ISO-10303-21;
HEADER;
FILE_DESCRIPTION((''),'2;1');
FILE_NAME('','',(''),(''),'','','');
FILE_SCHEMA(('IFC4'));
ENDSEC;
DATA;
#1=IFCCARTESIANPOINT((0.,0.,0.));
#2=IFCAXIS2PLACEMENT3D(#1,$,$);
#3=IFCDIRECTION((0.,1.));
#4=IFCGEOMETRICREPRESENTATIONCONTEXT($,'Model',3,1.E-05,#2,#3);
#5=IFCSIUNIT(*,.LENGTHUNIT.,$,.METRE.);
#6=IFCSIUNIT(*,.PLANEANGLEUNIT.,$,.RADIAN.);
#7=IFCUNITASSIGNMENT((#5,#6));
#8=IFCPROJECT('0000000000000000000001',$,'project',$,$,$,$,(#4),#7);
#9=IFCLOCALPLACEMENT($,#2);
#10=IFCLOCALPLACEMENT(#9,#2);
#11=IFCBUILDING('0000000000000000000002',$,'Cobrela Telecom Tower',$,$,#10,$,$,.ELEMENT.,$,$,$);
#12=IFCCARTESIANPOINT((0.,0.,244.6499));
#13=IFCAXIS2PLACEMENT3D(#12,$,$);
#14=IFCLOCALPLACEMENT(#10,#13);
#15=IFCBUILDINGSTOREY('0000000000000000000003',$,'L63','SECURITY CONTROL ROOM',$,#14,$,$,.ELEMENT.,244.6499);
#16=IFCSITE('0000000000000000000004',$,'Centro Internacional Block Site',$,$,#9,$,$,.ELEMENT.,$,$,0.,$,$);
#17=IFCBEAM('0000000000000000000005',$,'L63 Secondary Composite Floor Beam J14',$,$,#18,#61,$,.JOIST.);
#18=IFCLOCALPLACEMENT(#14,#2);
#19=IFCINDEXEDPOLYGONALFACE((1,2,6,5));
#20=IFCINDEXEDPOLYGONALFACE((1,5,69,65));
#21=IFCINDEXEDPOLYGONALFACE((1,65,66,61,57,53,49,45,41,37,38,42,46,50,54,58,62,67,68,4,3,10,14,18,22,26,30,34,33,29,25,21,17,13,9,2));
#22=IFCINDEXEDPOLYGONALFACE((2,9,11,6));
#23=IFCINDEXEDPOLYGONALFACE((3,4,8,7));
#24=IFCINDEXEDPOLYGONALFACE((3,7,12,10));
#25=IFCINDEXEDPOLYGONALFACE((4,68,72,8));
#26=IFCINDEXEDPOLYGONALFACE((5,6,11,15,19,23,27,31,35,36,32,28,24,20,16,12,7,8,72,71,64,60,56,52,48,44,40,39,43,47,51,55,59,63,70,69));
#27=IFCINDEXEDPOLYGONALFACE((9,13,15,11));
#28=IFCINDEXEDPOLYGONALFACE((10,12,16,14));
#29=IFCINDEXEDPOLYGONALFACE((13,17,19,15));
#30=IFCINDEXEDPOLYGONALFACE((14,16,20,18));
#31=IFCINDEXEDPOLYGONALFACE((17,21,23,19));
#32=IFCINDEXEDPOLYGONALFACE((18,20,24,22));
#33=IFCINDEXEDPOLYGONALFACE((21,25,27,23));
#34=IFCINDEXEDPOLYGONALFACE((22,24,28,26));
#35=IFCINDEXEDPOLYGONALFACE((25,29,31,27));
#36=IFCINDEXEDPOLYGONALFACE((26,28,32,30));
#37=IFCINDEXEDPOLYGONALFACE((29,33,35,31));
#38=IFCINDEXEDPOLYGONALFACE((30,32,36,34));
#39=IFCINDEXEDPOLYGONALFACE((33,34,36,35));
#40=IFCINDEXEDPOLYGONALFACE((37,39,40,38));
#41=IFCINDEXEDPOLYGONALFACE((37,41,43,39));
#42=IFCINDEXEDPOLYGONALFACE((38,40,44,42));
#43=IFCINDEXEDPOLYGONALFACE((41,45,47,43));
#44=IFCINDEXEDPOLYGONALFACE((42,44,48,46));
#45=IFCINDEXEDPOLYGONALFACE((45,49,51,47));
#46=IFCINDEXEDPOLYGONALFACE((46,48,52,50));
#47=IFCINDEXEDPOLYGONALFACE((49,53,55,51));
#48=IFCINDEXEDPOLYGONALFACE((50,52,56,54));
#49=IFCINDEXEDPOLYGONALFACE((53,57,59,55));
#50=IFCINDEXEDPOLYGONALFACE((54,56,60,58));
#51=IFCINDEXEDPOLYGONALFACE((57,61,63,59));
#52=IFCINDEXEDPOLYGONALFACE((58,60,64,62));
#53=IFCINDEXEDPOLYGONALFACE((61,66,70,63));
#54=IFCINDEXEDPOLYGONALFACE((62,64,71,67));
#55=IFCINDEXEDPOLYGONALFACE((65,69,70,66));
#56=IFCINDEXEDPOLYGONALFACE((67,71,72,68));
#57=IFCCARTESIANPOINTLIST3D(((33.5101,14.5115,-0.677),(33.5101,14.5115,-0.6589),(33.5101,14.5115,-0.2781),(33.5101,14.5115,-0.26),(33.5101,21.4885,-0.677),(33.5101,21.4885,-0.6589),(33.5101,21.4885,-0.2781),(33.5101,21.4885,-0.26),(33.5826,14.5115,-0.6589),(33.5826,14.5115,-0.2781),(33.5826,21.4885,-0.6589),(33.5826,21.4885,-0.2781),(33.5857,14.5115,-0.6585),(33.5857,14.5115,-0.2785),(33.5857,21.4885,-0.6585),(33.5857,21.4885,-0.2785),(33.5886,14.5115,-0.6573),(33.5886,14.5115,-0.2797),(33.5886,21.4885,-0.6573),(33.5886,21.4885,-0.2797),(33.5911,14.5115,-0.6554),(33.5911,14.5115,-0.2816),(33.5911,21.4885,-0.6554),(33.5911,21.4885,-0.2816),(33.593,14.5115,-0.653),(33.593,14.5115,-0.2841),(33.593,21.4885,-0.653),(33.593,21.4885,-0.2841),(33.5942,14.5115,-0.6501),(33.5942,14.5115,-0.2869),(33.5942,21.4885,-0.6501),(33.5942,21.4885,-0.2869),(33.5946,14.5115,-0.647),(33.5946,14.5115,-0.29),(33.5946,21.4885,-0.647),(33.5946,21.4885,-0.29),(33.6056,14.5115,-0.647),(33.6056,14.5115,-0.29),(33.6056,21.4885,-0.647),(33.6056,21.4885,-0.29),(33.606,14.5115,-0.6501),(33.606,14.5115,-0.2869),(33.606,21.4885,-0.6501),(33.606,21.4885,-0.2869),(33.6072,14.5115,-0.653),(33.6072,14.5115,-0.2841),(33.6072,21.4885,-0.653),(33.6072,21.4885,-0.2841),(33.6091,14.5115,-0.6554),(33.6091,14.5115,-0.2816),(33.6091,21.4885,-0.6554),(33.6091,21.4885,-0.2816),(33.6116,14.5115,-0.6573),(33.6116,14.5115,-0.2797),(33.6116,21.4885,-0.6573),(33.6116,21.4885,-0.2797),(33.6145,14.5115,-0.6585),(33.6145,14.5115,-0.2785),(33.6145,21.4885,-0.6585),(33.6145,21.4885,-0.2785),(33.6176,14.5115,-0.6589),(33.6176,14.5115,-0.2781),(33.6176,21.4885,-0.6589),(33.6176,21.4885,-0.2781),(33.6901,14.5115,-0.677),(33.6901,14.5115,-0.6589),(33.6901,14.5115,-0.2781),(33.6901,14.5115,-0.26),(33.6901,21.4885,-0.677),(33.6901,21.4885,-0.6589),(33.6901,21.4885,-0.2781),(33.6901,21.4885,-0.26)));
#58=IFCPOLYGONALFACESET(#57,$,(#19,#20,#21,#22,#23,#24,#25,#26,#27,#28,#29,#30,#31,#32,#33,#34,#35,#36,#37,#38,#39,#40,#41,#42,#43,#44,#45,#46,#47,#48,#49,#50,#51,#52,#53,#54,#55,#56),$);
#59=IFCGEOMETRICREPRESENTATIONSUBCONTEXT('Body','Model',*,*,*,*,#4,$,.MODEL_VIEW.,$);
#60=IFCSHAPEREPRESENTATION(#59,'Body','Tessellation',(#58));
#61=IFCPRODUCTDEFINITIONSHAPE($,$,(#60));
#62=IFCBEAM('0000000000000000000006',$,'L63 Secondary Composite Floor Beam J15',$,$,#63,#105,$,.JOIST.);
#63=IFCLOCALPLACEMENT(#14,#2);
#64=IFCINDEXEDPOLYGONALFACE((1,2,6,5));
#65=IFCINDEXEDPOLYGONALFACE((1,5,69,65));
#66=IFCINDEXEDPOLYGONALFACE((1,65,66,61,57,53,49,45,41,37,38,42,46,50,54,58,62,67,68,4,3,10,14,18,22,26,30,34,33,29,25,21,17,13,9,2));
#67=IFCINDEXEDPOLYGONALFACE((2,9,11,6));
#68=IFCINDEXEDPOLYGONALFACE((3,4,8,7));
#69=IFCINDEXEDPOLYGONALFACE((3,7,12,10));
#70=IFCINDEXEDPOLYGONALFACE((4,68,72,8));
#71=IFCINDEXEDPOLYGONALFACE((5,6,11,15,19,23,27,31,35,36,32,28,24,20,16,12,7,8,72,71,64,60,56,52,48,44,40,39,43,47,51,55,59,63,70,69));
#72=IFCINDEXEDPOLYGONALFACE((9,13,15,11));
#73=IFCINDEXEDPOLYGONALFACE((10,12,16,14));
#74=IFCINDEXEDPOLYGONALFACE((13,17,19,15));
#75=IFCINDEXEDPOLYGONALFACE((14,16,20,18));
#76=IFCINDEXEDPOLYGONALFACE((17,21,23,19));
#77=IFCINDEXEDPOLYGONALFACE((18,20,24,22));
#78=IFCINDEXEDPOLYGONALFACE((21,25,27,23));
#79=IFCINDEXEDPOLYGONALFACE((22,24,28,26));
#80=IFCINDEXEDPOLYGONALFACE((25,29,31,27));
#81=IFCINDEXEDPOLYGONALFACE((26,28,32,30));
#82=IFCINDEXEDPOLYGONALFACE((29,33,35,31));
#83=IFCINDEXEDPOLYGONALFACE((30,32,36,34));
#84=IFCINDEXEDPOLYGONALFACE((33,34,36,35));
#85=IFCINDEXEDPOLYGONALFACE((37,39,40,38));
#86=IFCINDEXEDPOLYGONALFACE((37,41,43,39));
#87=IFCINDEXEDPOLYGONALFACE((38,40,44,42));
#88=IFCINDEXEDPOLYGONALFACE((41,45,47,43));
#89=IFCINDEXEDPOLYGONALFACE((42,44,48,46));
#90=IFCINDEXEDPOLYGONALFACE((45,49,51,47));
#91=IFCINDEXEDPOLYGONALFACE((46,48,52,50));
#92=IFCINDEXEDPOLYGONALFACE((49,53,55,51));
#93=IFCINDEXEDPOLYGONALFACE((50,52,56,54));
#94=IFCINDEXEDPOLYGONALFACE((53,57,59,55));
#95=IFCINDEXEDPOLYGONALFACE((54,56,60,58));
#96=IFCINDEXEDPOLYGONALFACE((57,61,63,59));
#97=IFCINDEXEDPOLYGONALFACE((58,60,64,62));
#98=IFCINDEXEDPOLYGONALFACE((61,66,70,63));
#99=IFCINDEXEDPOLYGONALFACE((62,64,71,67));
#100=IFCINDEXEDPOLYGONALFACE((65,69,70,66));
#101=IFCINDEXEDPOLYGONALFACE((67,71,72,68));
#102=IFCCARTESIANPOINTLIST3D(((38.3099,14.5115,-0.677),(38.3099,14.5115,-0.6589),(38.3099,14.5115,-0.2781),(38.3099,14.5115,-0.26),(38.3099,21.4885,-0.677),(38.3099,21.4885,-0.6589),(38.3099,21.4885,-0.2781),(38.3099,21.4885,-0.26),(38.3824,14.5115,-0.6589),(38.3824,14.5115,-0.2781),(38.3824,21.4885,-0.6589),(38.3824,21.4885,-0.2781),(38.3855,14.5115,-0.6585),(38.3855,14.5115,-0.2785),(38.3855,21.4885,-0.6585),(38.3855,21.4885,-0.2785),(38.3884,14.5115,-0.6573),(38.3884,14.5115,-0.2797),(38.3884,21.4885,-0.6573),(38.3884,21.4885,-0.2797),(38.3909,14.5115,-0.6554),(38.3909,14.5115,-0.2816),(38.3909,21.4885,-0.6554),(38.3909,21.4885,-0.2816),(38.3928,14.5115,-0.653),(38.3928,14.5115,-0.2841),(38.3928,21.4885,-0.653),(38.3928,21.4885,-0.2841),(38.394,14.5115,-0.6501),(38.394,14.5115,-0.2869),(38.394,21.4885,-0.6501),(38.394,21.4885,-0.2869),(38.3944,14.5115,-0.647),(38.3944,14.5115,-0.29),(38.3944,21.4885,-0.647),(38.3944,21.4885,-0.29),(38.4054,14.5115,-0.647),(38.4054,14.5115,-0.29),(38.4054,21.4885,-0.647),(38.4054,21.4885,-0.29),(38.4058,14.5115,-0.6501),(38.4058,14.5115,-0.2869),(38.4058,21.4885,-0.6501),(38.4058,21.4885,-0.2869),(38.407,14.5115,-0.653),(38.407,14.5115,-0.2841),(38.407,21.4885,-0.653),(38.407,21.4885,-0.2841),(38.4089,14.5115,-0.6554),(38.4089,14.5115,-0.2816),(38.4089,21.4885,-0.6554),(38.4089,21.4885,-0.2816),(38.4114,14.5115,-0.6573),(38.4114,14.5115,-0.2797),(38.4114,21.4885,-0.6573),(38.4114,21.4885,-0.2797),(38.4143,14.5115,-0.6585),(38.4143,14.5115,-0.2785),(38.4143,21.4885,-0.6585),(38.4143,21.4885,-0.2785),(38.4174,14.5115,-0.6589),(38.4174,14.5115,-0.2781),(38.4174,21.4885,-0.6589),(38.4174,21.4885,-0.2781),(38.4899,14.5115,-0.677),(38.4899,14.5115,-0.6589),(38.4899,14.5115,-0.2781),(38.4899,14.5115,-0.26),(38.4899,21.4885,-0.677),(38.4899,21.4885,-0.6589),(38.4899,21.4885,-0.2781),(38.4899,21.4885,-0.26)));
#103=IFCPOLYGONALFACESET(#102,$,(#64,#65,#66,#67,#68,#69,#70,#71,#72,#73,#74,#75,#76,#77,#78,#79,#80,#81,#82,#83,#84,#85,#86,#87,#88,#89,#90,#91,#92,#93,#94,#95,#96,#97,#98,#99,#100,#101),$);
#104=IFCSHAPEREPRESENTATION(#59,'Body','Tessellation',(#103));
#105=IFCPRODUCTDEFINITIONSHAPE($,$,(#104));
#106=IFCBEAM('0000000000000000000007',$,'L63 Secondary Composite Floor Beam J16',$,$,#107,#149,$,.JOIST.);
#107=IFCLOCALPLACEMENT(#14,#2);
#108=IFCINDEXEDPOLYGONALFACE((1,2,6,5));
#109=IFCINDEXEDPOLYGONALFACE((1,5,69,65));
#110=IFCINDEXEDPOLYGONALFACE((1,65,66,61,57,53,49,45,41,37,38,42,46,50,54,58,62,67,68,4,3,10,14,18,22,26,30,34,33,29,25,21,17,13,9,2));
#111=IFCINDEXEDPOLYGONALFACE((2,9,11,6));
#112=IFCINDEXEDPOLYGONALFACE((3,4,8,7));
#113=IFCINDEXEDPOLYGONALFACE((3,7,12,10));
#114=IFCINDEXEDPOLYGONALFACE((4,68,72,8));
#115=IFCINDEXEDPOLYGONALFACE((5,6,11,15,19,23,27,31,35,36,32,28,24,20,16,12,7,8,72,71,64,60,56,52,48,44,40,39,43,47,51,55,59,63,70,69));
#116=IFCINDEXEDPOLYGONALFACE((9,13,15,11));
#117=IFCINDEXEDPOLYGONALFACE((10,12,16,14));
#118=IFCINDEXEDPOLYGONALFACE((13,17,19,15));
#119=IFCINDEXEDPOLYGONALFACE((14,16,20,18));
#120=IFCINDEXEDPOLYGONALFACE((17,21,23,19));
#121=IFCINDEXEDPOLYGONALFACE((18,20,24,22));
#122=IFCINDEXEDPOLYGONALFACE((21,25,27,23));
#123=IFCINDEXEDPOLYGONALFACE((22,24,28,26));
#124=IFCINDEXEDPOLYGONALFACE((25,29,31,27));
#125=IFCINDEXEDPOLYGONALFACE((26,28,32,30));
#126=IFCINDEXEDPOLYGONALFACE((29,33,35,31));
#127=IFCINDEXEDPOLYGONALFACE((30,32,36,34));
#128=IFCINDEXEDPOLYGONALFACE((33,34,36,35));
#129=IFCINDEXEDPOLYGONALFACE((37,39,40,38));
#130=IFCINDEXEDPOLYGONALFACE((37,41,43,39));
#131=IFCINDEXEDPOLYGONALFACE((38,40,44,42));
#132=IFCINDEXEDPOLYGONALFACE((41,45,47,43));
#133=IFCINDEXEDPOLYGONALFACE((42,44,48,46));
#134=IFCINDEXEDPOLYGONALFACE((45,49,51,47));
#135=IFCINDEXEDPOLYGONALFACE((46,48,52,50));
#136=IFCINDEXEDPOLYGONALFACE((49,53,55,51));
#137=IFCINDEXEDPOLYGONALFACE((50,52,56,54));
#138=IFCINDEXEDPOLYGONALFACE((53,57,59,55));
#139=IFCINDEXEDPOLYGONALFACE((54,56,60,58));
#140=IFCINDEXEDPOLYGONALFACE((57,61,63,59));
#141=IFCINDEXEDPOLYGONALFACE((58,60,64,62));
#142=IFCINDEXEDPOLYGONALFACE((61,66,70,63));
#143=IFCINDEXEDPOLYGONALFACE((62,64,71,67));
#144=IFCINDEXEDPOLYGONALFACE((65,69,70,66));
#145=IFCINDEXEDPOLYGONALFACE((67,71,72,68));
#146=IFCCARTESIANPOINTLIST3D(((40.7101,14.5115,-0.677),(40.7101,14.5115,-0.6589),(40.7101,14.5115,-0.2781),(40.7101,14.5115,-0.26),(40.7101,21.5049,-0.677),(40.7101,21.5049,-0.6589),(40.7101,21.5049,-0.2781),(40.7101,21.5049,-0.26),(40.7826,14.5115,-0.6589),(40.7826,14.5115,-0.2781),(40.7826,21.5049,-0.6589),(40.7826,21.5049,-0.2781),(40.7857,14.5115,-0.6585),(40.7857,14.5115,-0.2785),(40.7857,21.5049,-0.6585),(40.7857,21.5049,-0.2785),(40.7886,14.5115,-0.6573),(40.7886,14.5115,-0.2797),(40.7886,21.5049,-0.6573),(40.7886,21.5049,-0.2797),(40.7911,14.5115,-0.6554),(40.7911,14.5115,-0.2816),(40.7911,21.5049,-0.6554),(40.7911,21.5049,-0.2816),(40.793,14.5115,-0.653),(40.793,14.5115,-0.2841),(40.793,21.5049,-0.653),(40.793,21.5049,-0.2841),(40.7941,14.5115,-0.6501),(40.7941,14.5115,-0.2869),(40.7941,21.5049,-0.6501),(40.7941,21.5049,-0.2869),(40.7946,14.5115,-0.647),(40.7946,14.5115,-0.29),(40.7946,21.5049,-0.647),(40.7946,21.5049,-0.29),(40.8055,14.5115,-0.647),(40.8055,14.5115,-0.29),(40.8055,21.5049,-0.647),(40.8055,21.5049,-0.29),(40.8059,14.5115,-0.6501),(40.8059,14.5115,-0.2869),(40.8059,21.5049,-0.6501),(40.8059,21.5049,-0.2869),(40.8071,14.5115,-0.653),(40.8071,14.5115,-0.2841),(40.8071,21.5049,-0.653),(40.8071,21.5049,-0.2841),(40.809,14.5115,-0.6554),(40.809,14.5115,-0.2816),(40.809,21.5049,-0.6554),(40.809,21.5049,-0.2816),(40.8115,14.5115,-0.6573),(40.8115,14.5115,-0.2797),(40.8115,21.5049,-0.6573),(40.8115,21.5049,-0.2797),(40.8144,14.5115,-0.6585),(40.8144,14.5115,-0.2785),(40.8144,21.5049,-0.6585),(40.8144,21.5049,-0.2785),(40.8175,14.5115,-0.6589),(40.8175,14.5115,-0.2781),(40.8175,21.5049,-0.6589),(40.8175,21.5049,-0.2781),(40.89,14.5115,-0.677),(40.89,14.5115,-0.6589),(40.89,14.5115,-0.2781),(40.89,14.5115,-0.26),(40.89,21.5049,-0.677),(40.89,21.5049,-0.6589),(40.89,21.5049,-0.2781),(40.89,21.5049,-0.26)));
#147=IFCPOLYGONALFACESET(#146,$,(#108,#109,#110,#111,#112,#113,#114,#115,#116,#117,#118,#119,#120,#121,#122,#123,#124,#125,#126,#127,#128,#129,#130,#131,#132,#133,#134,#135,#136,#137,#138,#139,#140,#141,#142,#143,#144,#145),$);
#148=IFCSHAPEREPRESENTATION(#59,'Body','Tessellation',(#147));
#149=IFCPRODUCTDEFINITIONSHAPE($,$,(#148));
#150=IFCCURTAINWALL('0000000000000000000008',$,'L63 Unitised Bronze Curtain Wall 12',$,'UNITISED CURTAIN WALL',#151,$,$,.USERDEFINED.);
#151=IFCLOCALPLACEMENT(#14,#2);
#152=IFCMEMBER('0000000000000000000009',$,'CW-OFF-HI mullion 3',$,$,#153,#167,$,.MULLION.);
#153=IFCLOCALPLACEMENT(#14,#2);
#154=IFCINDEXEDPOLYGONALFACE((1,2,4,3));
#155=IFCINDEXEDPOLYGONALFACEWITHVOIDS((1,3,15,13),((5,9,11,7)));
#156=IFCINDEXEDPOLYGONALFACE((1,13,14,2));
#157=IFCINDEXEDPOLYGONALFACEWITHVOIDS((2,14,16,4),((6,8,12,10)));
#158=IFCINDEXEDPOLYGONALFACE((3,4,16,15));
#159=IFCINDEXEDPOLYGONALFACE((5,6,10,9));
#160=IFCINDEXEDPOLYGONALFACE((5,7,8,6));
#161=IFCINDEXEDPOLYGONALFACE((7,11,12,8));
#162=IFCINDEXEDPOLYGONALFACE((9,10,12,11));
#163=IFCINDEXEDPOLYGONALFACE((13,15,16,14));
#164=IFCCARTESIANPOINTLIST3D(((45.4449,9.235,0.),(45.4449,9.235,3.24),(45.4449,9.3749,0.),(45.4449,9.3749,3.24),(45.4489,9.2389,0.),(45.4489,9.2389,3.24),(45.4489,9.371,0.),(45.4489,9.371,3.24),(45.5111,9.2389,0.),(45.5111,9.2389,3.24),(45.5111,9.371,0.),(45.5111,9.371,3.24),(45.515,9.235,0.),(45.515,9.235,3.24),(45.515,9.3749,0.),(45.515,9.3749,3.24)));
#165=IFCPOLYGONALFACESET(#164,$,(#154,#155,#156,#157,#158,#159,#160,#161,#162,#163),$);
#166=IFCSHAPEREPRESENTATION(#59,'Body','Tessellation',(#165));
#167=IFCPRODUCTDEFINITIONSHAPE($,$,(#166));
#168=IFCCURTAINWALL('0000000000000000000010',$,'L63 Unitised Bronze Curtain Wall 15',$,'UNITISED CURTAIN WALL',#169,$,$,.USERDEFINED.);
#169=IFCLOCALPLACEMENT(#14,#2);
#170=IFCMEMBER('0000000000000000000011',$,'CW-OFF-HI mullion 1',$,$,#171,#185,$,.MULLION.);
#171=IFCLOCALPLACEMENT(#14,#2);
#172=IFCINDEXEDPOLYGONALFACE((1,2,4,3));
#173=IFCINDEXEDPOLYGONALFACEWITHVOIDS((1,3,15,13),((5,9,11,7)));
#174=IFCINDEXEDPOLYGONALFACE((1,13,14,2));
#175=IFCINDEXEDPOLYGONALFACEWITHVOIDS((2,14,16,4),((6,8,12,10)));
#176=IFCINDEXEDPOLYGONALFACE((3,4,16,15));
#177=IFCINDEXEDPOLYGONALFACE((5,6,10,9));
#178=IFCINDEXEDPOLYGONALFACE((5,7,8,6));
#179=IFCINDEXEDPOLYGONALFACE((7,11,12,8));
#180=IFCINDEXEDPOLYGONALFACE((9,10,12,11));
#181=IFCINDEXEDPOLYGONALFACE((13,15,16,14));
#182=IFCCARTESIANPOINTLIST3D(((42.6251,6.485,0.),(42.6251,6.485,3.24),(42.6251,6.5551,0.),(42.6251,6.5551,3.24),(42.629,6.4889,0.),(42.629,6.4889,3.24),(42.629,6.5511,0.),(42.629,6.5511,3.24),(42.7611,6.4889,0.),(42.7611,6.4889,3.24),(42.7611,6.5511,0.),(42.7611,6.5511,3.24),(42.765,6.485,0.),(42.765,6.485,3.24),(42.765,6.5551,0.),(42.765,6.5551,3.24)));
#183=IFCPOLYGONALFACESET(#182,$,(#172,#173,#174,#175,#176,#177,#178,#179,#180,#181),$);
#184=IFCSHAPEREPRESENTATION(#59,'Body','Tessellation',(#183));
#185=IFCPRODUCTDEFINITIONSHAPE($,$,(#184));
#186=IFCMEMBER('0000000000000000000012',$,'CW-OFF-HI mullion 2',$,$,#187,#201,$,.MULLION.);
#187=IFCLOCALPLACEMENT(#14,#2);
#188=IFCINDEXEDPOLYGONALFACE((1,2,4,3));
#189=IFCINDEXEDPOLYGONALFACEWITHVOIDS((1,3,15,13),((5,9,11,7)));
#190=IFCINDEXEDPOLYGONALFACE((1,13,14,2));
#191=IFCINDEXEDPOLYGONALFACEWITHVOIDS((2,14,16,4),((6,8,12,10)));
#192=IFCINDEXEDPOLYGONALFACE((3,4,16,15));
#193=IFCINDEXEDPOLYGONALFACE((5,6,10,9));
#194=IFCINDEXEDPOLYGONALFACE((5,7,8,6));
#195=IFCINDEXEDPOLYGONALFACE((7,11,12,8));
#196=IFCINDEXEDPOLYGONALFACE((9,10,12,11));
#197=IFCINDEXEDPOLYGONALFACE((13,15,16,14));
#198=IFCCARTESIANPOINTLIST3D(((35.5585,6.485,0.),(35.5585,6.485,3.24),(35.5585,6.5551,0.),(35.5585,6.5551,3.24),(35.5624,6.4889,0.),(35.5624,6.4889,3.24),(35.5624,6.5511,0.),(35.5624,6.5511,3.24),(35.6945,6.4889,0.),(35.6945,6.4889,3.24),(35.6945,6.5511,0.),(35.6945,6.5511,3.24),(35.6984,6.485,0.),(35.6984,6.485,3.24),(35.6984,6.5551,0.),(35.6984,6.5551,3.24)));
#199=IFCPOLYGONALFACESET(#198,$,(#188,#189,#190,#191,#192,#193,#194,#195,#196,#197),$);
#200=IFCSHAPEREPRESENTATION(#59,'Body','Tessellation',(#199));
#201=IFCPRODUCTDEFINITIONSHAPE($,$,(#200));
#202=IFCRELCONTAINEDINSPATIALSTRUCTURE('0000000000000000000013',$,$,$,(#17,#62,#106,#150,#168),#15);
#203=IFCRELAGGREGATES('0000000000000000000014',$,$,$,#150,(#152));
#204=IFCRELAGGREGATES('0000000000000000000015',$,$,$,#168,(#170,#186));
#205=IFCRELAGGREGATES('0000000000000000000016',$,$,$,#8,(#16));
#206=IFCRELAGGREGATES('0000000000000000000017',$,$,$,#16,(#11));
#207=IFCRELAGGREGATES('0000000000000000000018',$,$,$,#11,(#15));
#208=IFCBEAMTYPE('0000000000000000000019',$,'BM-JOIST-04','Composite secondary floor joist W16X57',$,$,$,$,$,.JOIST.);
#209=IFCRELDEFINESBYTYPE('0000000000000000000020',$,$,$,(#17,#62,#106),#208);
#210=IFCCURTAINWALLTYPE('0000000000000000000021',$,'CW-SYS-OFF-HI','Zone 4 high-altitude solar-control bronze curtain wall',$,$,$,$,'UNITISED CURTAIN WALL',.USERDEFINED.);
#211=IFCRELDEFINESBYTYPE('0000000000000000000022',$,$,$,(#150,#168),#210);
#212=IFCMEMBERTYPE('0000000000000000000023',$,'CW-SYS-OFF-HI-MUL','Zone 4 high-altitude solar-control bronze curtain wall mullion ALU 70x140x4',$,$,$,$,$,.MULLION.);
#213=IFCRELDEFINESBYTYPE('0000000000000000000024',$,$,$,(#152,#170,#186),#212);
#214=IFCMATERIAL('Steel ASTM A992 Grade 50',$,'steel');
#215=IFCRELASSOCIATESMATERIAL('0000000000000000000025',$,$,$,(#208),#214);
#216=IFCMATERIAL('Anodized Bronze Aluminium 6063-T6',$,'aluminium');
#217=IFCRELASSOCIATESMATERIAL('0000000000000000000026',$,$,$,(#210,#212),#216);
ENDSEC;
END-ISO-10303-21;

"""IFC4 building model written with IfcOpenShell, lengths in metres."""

from ifc_helpers import new_model, si_unit, direction, frame, origin, origin_2d, place, context, subcontext, project, spatial, hollow_rectangle, i_section, extrude, material, material_profile, profile_set, type_object, element, aggregate, save


model = new_model("IFC4")

# Units and contexts
model_context = context("Model", 3, precision=1e-05, world=origin(), true_north=direction((0.0, 1.0)))
body_context = subcontext(model_context, "Body", "Model", "MODEL_VIEW")
ifc_project = project(units=[si_unit("LENGTHUNIT", "METRE"), si_unit("PLANEANGLEUNIT", "RADIAN")], contexts=[model_context])

# Site, building, storey
site_placement = place(None, origin())
site = spatial("IfcSite", under=ifc_project, at=site_placement, Name="Centro Internacional Block Site", CompositionType="ELEMENT", RefElevation=0.0)
building_placement = place(site_placement, origin())
building = spatial("IfcBuilding", under=site, at=building_placement, Name="Cobrela Telecom Tower", CompositionType="ELEMENT")
storey_placement = place(building_placement, frame((0.0, 0.0, 244.6499)))
storey = spatial("IfcBuildingStorey", under=building, at=storey_placement, Name="L63", Description="SECURITY CONTROL ROOM", CompositionType="ELEMENT", Elevation=244.6499)

# Shared definitions
ifc_material_1 = material(Name="Steel ASTM A992 Grade 50", Category="steel")

# Beams
ifc_material_profile_1 = material_profile(ifc_material_1, i_section(OverallWidth=0.1799, OverallDepth=0.417, WebThickness=0.011, FlangeThickness=0.0181, FilletRadius=0.012, at=origin_2d()), Name="W16X57")
ifc_profile_set_1 = profile_set([ifc_material_profile_1], Name="Steel ASTM A992 Grade 50")
beam_type_1 = type_object("IfcBeamType", Name="BM-JOIST-04", Description="Composite secondary floor joist W16X57", PredefinedType="JOIST", material=ifc_profile_set_1)
for number, where, z_axis, x_axis, name in (
    (1, (33.6001, 14.5115, -0.4685), (0.0, 1.0, 0.0), (-1.0, 0.0, 0.0), "L63 Secondary Composite Floor Beam J14"),
    (2, (38.3999, 14.5115, -0.4685), (0.0, 1.0, 0.0), (-1.0, 0.0, 0.0), "L63 Secondary Composite Floor Beam J15"),
):
    element("IfcBeam", number, at=place(storey_placement, frame(where, z_axis=z_axis, x_axis=x_axis)), inside=storey, type_object=beam_type_1, Name=name, PredefinedType="JOIST", context=body_context, shape_type="SweptSolid", body=[
        extrude(i_section(OverallWidth=0.1799, OverallDepth=0.417, WebThickness=0.011, FlangeThickness=0.0181, FilletRadius=0.012, at=origin_2d()), origin(), (0.0, 0.0, 1.0), 6.9771),
    ])
beam_1_placement = place(storey_placement, frame((40.8, 14.5115, -0.4685), z_axis=(0.0, 1.0, 0.0), x_axis=(-1.0, 0.0, 0.0)))
element("IfcBeam", 3, at=beam_1_placement, inside=storey, type_object=beam_type_1, Name="L63 Secondary Composite Floor Beam J16", PredefinedType="JOIST", context=body_context, shape_type="SweptSolid", body=[
    extrude(i_section(OverallWidth=0.1799, OverallDepth=0.417, WebThickness=0.011, FlangeThickness=0.0181, FilletRadius=0.012, at=origin_2d()), origin(), (0.0, 0.0, 1.0), 6.9934),
])

# Curtain wall, member
ifc_material_2 = material(Name="Anodized Bronze Aluminium 6063-T6", Category="aluminium")
curtain_wall_type = type_object("IfcCurtainWallType", Name="CW-SYS-OFF-HI", Description="Zone 4 high-altitude solar-control bronze curtain wall", ElementType="UNITISED CURTAIN WALL", PredefinedType="USERDEFINED", material=ifc_material_2)
curtain_wall_1_placement = place(storey_placement, origin())
curtain_wall_1 = element("IfcCurtainWall", 4, at=curtain_wall_1_placement, inside=storey, type_object=curtain_wall_type, Name="L63 Unitised Bronze Curtain Wall 12", ObjectType="UNITISED CURTAIN WALL", PredefinedType="USERDEFINED")
ifc_material_profile_2 = material_profile(ifc_material_2, hollow_rectangle(XDim=0.0701, YDim=0.1399, WallThickness=0.0039, at=origin_2d()), Name="ALU 70x140x4")
ifc_profile_set_2 = profile_set([ifc_material_profile_2], Name="Anodized Bronze Aluminium 6063-T6")
member_type_1 = type_object("IfcMemberType", Name="CW-SYS-OFF-HI-MUL", Description="Zone 4 high-altitude solar-control bronze curtain wall mullion ALU 70x140x4", PredefinedType="MULLION", material=ifc_profile_set_2)
member_1_placement = place(storey_placement, frame((45.48, 9.3049, 0.0), z_axis=(0.0, 0.0, 1.0), x_axis=(1.0, 0.0, 0.0)))
member_1 = element("IfcMember", 5, at=member_1_placement, type_object=member_type_1, Name="CW-OFF-HI mullion 3", PredefinedType="MULLION", context=body_context, shape_type="SweptSolid", body=[
    extrude(hollow_rectangle(XDim=0.0701, YDim=0.1399, WallThickness=0.0039, at=origin_2d()), origin(), (0.0, 0.0, 1.0), 3.24),
])

# Curtain wall, members
curtain_wall_2_placement = place(storey_placement, origin())
curtain_wall_2 = element("IfcCurtainWall", 6, at=curtain_wall_2_placement, inside=storey, type_object=curtain_wall_type, Name="L63 Unitised Bronze Curtain Wall 15", ObjectType="UNITISED CURTAIN WALL", PredefinedType="USERDEFINED")
member_2_placement = place(storey_placement, frame((42.6951, 6.52, 0.0), z_axis=(0.0, 0.0, 1.0), x_axis=(0.0, -1.0, 0.0)))
member_2 = element("IfcMember", 7, at=member_2_placement, type_object=member_type_1, Name="CW-OFF-HI mullion 1", PredefinedType="MULLION", context=body_context, shape_type="SweptSolid", body=[
    extrude(hollow_rectangle(XDim=0.0701, YDim=0.1399, WallThickness=0.0039, at=origin_2d()), origin(), (0.0, 0.0, 1.0), 3.24),
])
member_3_placement = place(storey_placement, frame((35.6284, 6.52, 0.0), z_axis=(0.0, 0.0, 1.0), x_axis=(0.0, -1.0, 0.0)))
member_3 = element("IfcMember", 8, at=member_3_placement, type_object=member_type_1, Name="CW-OFF-HI mullion 2", PredefinedType="MULLION", context=body_context, shape_type="SweptSolid", body=[
    extrude(hollow_rectangle(XDim=0.0701, YDim=0.1399, WallThickness=0.0039, at=origin_2d()), origin(), (0.0, 0.0, 1.0), 3.24),
])

aggregate(curtain_wall_1, [member_1])
aggregate(curtain_wall_2, [member_2, member_3])

save(model, "model.ifc")
